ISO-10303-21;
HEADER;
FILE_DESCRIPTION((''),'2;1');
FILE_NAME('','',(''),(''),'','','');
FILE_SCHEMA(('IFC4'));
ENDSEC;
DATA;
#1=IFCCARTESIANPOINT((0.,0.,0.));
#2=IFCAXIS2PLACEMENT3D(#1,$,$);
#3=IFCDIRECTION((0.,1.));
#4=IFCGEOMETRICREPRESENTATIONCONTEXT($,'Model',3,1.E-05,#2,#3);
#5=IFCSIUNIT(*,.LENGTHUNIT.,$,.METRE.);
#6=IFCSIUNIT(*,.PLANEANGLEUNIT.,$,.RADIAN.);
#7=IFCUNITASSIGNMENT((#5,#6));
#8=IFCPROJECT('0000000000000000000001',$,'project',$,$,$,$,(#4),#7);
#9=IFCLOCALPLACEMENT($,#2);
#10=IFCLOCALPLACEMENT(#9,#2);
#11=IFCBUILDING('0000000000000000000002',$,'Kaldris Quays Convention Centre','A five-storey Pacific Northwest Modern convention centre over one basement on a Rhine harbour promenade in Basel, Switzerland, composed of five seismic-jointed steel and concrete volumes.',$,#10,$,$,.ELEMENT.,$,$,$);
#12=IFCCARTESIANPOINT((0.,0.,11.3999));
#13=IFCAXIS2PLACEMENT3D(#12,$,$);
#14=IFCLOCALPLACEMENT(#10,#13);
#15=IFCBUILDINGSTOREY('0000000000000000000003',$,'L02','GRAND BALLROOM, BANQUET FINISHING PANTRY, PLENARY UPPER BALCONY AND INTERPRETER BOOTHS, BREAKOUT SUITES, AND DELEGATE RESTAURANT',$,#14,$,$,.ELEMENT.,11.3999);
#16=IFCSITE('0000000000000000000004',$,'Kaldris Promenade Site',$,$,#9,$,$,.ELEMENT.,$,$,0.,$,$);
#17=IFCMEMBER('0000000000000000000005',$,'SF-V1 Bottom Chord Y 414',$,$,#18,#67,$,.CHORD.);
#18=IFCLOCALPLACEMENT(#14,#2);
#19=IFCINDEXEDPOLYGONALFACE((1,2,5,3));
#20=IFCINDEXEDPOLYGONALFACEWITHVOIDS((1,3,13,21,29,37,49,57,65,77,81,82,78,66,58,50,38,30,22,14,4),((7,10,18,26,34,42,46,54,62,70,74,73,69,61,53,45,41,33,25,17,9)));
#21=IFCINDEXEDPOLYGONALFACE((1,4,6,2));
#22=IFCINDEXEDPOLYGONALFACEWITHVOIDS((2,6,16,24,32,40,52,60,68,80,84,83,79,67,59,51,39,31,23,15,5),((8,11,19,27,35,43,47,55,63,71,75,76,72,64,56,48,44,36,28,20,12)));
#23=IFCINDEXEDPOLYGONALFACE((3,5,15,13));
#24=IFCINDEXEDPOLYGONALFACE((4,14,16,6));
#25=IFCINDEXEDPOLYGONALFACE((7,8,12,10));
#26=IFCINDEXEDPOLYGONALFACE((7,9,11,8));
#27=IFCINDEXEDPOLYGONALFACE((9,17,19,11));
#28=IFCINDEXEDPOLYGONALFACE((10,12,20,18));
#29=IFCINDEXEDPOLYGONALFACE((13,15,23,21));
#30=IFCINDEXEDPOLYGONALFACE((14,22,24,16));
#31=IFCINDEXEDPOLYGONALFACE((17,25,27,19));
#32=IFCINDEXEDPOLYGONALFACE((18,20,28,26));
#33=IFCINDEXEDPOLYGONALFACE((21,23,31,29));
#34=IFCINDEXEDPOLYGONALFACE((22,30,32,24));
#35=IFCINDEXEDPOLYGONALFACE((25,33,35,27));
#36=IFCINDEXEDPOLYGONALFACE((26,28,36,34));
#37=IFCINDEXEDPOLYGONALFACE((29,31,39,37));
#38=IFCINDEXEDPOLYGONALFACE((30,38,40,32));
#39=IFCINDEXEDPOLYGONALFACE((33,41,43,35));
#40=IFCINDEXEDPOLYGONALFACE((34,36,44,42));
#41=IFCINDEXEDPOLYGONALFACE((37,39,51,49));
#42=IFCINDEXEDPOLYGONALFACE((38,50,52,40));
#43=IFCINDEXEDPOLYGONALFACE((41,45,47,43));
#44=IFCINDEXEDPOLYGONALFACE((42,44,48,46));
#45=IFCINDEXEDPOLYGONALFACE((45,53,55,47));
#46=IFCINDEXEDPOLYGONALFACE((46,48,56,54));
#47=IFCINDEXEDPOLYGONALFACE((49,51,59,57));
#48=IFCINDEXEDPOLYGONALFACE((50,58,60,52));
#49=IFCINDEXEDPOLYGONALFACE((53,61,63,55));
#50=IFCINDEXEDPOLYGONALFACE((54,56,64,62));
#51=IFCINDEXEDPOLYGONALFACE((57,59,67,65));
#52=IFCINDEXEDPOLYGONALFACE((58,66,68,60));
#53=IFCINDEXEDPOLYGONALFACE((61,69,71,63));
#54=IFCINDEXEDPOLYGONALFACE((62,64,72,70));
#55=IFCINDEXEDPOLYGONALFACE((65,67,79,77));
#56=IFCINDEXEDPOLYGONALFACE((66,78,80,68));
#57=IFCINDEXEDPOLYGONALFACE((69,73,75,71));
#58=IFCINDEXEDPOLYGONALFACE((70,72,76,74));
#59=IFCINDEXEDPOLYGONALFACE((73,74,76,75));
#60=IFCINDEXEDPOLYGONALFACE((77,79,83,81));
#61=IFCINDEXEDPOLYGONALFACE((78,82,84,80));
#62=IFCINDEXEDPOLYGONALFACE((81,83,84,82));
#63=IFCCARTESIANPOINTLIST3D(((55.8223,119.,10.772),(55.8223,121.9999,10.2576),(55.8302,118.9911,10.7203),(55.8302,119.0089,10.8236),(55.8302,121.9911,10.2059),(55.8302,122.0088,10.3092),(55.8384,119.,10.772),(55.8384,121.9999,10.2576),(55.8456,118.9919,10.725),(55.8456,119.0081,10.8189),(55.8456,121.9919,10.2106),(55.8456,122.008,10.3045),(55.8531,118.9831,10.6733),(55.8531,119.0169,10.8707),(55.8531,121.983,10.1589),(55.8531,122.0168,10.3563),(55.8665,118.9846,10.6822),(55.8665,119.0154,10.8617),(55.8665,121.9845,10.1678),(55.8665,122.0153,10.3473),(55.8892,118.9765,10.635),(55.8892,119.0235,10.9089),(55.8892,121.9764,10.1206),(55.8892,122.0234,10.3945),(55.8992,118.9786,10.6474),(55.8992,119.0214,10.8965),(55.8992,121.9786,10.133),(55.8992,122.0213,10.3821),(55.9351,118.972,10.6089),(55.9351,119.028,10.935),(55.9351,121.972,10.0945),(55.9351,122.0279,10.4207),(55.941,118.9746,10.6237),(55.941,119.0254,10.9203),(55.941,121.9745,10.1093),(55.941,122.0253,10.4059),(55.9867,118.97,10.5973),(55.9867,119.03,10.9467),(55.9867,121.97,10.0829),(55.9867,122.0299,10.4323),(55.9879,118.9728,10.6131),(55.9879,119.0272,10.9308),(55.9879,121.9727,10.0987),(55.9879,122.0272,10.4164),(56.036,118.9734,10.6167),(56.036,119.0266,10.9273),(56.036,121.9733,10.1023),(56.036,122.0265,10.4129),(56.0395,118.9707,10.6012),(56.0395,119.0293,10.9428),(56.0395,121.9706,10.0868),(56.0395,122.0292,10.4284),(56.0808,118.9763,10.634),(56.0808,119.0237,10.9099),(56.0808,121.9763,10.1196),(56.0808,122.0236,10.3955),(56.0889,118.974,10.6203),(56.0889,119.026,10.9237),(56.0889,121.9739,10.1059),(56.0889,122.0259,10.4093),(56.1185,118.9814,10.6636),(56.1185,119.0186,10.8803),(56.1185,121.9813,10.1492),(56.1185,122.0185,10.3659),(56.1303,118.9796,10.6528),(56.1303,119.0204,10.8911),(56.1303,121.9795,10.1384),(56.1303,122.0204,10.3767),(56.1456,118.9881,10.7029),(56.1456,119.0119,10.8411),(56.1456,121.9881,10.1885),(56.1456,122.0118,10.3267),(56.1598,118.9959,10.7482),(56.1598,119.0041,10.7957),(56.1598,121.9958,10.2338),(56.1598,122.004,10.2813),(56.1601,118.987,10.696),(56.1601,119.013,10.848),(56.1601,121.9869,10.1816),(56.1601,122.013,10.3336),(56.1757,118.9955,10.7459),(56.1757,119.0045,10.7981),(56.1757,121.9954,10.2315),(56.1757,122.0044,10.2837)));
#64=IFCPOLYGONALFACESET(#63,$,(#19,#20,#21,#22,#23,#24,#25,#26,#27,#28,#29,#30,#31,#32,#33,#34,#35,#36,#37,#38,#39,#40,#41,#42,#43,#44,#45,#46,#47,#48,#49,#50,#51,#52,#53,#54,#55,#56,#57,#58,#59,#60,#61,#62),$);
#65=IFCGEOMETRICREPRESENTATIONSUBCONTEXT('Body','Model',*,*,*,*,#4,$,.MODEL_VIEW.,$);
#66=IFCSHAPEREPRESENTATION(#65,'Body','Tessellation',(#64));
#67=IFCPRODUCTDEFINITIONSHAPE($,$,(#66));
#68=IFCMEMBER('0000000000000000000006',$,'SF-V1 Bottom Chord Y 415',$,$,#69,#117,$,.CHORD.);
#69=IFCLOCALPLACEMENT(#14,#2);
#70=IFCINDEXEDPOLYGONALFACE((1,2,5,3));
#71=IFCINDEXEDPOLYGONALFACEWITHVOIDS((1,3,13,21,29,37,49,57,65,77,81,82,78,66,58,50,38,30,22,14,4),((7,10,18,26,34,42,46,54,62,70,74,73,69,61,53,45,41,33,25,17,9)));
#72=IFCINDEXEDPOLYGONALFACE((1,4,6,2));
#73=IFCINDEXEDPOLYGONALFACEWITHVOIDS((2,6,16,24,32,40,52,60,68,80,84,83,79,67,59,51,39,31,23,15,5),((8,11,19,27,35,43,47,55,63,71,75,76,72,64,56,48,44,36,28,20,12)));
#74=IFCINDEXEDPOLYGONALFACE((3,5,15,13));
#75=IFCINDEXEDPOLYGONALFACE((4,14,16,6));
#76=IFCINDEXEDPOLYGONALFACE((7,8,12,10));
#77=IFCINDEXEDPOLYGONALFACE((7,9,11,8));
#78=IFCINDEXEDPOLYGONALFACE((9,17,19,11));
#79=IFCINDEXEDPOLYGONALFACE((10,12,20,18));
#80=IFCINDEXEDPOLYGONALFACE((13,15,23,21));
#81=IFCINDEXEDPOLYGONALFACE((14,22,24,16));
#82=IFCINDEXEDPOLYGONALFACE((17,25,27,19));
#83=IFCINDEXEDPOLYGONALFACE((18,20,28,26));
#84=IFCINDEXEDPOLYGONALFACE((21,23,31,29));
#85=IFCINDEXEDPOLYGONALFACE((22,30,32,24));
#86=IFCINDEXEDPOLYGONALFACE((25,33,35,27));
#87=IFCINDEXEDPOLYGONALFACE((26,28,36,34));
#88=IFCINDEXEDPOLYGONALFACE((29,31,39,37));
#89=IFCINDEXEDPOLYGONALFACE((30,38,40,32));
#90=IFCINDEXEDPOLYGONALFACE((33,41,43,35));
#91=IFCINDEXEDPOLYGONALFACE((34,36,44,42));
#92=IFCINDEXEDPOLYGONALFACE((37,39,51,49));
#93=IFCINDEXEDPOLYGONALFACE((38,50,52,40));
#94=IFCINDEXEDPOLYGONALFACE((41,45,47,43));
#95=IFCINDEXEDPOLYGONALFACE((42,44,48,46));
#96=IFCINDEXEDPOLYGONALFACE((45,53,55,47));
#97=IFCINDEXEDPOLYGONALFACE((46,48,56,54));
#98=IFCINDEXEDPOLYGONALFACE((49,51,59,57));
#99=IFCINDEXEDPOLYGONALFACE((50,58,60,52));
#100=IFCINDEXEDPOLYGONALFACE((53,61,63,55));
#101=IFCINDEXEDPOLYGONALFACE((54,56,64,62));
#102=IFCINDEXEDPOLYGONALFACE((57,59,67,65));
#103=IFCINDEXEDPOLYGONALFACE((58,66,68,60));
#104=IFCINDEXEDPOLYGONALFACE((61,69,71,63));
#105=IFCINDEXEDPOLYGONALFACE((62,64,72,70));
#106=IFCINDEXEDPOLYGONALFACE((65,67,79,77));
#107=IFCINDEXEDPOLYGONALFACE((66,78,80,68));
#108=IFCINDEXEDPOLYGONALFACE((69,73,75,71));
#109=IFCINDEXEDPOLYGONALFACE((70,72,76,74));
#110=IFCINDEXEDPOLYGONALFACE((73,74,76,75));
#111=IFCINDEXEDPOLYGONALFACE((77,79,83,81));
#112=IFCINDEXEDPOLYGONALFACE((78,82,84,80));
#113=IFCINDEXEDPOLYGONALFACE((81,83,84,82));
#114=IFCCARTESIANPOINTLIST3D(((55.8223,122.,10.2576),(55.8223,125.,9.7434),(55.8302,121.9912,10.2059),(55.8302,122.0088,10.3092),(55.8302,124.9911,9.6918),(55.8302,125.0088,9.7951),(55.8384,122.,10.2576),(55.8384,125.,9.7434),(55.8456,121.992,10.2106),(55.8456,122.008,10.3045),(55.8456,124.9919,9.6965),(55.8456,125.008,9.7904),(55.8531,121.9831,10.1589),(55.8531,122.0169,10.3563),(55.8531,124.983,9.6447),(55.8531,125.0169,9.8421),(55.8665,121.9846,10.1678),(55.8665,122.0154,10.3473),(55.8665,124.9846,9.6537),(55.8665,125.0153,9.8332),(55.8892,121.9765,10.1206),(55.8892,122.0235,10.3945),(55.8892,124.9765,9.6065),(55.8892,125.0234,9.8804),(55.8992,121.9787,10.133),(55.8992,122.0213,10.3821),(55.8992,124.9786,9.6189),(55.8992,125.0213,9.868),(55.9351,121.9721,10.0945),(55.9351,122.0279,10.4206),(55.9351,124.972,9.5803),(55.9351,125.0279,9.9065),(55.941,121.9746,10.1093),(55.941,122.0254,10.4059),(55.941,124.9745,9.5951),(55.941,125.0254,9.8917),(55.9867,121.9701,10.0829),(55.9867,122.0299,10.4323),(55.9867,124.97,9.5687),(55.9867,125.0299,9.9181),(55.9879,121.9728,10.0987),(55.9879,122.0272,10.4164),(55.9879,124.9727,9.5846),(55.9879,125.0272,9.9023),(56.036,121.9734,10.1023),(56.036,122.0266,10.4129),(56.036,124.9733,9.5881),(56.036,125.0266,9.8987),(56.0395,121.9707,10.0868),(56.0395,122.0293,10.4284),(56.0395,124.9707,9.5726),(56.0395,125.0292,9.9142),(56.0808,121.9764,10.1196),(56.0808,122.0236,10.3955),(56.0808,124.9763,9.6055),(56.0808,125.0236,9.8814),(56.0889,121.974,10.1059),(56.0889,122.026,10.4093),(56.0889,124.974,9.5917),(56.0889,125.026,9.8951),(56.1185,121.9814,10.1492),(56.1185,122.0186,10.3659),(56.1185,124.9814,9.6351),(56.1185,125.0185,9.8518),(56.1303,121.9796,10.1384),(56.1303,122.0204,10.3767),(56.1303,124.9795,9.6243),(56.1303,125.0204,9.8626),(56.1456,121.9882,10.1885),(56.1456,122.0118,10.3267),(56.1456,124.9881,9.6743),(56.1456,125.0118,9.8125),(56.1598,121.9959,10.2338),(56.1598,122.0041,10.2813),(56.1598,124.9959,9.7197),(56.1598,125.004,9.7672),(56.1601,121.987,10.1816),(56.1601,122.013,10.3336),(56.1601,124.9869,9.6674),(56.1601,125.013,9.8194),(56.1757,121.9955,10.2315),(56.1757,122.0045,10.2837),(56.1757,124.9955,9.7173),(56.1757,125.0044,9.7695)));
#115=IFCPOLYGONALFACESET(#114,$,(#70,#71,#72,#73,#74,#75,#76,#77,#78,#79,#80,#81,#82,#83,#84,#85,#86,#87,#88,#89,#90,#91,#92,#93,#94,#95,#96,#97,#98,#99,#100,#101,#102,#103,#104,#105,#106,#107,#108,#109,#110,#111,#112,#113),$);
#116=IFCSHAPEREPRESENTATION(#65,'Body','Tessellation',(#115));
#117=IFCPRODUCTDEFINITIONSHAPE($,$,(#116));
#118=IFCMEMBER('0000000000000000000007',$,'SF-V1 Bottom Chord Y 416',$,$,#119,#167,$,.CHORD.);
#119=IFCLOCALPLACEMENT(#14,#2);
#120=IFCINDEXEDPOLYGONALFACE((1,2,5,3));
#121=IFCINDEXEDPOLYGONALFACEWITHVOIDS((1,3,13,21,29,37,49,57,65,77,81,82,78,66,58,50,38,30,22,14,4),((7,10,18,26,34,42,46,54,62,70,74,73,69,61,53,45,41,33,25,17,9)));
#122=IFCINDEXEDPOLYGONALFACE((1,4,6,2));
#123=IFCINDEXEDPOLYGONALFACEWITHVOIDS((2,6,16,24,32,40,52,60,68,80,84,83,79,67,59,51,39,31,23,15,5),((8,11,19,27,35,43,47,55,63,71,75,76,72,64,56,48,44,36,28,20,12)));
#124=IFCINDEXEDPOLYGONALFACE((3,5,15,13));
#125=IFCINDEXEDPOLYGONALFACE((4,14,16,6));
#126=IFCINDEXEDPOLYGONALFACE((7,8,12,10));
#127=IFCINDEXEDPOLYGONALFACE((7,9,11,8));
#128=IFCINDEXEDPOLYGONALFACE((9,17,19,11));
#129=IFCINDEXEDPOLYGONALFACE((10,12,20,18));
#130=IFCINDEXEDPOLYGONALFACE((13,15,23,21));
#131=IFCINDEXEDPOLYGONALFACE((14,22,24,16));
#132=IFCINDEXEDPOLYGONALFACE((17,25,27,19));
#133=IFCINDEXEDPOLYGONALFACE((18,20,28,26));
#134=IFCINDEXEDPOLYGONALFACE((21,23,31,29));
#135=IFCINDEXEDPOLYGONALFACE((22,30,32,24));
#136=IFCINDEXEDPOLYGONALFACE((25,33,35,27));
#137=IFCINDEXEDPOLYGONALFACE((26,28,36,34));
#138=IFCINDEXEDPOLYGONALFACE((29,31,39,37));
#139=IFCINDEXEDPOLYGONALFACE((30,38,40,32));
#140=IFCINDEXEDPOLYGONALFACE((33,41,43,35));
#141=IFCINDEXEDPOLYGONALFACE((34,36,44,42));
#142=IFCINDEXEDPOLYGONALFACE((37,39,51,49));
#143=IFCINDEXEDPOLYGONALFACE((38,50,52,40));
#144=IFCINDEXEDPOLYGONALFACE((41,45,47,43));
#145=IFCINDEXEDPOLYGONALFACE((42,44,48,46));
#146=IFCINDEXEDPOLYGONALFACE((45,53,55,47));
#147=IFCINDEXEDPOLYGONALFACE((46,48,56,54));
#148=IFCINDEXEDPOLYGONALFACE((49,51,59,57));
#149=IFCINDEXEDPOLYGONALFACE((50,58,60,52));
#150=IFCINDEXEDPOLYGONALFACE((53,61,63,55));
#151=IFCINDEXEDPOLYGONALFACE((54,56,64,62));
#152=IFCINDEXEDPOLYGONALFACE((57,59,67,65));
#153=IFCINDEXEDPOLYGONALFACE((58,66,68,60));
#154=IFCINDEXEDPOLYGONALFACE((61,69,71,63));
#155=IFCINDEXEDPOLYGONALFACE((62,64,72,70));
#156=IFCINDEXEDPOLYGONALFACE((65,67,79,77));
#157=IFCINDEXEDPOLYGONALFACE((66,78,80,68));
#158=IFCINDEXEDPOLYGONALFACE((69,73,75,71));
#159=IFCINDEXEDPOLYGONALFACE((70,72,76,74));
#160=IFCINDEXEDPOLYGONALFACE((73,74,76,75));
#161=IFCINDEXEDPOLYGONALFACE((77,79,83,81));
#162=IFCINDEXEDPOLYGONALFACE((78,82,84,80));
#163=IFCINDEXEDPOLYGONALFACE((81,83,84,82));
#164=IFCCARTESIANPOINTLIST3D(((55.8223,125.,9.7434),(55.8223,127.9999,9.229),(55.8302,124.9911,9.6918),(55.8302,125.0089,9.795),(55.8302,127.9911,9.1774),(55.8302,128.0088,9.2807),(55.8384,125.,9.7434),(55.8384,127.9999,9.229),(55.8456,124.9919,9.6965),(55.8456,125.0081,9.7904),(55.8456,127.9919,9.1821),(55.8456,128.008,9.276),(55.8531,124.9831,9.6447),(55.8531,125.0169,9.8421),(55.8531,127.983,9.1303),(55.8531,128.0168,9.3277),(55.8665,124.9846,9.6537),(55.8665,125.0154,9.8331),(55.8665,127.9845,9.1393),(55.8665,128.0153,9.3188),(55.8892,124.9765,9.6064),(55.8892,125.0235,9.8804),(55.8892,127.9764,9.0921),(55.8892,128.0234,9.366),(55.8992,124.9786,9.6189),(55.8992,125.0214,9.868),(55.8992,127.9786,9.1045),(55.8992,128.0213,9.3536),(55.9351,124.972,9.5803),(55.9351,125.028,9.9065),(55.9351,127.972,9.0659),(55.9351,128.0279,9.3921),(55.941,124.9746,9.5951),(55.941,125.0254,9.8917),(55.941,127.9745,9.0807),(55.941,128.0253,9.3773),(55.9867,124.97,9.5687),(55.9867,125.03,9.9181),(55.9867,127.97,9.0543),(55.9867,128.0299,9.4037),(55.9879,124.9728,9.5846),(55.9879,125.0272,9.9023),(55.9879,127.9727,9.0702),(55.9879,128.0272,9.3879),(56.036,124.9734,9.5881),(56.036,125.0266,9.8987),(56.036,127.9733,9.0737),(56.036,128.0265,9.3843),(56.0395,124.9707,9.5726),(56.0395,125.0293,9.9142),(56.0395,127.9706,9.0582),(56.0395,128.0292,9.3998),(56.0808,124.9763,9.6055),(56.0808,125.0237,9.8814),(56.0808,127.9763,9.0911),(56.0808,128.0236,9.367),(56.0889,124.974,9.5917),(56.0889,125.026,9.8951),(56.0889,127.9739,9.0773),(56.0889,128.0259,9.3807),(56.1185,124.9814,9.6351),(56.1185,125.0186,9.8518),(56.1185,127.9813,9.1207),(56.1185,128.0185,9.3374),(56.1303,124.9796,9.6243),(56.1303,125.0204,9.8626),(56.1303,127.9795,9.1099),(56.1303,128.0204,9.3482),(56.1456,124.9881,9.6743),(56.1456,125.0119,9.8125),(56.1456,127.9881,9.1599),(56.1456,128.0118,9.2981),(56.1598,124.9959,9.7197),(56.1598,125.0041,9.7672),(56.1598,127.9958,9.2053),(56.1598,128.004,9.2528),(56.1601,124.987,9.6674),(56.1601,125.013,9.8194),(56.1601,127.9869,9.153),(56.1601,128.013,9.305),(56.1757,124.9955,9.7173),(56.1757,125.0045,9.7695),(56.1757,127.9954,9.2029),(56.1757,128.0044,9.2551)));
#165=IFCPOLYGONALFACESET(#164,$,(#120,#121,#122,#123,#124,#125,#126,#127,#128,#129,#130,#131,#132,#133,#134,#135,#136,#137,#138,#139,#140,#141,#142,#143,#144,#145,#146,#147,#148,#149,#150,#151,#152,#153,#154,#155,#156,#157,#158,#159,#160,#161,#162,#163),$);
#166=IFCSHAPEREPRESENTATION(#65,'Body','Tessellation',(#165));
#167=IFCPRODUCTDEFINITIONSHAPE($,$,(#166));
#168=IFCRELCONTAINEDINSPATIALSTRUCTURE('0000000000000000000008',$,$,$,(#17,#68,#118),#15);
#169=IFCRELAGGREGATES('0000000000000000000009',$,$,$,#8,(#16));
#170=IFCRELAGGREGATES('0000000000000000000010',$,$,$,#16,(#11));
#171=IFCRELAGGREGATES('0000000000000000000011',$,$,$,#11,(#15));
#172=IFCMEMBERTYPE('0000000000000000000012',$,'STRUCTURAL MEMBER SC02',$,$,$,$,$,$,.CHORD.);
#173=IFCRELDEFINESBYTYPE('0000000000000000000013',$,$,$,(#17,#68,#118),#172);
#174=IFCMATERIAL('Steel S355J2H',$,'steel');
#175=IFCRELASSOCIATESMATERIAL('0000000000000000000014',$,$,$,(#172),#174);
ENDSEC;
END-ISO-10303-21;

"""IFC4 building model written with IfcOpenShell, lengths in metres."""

from ifc_helpers import new_model, si_unit, direction, frame, origin, origin_2d, place, context, subcontext, project, spatial, hollow_circle, extrude, material, material_profile, profile_set, type_object, element, save


model = new_model("IFC4")

# Units and contexts
model_context = context("Model", 3, precision=1e-05, world=origin(), true_north=direction((0.0, 1.0)))
body_context = subcontext(model_context, "Body", "Model", "MODEL_VIEW")
ifc_project = project(units=[si_unit("LENGTHUNIT", "METRE"), si_unit("PLANEANGLEUNIT", "RADIAN")], contexts=[model_context])

# Site, building, storey
site_placement = place(None, origin())
site = spatial("IfcSite", under=ifc_project, at=site_placement, Name="Kaldris Promenade Site", CompositionType="ELEMENT", RefElevation=0.0)
building_placement = place(site_placement, origin())
building = spatial("IfcBuilding", under=site, at=building_placement, Name="Kaldris Quays Convention Centre", Description="A five-storey Pacific Northwest Modern convention centre over one basement on a Rhine harbour promenade in Basel, Switzerland, composed of five seismic-jointed steel and concrete volumes.", CompositionType="ELEMENT")
storey_placement = place(building_placement, frame((0.0, 0.0, 11.3999)))
storey = spatial("IfcBuildingStorey", under=building, at=storey_placement, Name="L02", Description="GRAND BALLROOM, BANQUET FINISHING PANTRY, PLENARY UPPER BALCONY AND INTERPRETER BOOTHS, BREAKOUT SUITES, AND DELEGATE RESTAURANT", CompositionType="ELEMENT", Elevation=11.3999)

# Members
ifc_material_1 = material(Name="Steel S355J2H", Category="steel")
ifc_material_profile_1 = material_profile(ifc_material_1, hollow_circle(Radius=0.1777, WallThickness=0.0161, at=origin_2d()), Name="CHS 355.6x16")
ifc_profile_set_1 = profile_set([ifc_material_profile_1], Name="Steel S355J2H")
member_type_1 = type_object("IfcMemberType", Name="STRUCTURAL MEMBER SC02", PredefinedType="CHORD", material=ifc_profile_set_1)
for number, where, z_axis, x_axis, name in (
    (1, (56.0, 119.0, 10.772), (0.0, 0.985616, -0.169002), (-1.0, 0.0, 0.0), "SF-V1 Bottom Chord Y 414"),
    (2, (56.0, 122.0, 10.2576), (0.0, 0.985629, -0.168924), (-1.0, 0.0, 0.0), "SF-V1 Bottom Chord Y 415"),
    (3, (56.0, 125.0, 9.7434), (0.0, 0.985616, -0.169002), (-1.0, 0.0, 0.0), "SF-V1 Bottom Chord Y 416"),
):
    element("IfcMember", number, at=place(storey_placement, frame(where, z_axis=z_axis, x_axis=x_axis)), inside=storey, type_object=member_type_1, Name=name, PredefinedType="CHORD", context=body_context, shape_type="SweptSolid", body=[
        extrude(hollow_circle(Radius=0.1777, WallThickness=0.0161, at=origin_2d()), origin(), (0.0, 0.0, 1.0), 3.0437),
    ])

save(model, "model.ifc")
